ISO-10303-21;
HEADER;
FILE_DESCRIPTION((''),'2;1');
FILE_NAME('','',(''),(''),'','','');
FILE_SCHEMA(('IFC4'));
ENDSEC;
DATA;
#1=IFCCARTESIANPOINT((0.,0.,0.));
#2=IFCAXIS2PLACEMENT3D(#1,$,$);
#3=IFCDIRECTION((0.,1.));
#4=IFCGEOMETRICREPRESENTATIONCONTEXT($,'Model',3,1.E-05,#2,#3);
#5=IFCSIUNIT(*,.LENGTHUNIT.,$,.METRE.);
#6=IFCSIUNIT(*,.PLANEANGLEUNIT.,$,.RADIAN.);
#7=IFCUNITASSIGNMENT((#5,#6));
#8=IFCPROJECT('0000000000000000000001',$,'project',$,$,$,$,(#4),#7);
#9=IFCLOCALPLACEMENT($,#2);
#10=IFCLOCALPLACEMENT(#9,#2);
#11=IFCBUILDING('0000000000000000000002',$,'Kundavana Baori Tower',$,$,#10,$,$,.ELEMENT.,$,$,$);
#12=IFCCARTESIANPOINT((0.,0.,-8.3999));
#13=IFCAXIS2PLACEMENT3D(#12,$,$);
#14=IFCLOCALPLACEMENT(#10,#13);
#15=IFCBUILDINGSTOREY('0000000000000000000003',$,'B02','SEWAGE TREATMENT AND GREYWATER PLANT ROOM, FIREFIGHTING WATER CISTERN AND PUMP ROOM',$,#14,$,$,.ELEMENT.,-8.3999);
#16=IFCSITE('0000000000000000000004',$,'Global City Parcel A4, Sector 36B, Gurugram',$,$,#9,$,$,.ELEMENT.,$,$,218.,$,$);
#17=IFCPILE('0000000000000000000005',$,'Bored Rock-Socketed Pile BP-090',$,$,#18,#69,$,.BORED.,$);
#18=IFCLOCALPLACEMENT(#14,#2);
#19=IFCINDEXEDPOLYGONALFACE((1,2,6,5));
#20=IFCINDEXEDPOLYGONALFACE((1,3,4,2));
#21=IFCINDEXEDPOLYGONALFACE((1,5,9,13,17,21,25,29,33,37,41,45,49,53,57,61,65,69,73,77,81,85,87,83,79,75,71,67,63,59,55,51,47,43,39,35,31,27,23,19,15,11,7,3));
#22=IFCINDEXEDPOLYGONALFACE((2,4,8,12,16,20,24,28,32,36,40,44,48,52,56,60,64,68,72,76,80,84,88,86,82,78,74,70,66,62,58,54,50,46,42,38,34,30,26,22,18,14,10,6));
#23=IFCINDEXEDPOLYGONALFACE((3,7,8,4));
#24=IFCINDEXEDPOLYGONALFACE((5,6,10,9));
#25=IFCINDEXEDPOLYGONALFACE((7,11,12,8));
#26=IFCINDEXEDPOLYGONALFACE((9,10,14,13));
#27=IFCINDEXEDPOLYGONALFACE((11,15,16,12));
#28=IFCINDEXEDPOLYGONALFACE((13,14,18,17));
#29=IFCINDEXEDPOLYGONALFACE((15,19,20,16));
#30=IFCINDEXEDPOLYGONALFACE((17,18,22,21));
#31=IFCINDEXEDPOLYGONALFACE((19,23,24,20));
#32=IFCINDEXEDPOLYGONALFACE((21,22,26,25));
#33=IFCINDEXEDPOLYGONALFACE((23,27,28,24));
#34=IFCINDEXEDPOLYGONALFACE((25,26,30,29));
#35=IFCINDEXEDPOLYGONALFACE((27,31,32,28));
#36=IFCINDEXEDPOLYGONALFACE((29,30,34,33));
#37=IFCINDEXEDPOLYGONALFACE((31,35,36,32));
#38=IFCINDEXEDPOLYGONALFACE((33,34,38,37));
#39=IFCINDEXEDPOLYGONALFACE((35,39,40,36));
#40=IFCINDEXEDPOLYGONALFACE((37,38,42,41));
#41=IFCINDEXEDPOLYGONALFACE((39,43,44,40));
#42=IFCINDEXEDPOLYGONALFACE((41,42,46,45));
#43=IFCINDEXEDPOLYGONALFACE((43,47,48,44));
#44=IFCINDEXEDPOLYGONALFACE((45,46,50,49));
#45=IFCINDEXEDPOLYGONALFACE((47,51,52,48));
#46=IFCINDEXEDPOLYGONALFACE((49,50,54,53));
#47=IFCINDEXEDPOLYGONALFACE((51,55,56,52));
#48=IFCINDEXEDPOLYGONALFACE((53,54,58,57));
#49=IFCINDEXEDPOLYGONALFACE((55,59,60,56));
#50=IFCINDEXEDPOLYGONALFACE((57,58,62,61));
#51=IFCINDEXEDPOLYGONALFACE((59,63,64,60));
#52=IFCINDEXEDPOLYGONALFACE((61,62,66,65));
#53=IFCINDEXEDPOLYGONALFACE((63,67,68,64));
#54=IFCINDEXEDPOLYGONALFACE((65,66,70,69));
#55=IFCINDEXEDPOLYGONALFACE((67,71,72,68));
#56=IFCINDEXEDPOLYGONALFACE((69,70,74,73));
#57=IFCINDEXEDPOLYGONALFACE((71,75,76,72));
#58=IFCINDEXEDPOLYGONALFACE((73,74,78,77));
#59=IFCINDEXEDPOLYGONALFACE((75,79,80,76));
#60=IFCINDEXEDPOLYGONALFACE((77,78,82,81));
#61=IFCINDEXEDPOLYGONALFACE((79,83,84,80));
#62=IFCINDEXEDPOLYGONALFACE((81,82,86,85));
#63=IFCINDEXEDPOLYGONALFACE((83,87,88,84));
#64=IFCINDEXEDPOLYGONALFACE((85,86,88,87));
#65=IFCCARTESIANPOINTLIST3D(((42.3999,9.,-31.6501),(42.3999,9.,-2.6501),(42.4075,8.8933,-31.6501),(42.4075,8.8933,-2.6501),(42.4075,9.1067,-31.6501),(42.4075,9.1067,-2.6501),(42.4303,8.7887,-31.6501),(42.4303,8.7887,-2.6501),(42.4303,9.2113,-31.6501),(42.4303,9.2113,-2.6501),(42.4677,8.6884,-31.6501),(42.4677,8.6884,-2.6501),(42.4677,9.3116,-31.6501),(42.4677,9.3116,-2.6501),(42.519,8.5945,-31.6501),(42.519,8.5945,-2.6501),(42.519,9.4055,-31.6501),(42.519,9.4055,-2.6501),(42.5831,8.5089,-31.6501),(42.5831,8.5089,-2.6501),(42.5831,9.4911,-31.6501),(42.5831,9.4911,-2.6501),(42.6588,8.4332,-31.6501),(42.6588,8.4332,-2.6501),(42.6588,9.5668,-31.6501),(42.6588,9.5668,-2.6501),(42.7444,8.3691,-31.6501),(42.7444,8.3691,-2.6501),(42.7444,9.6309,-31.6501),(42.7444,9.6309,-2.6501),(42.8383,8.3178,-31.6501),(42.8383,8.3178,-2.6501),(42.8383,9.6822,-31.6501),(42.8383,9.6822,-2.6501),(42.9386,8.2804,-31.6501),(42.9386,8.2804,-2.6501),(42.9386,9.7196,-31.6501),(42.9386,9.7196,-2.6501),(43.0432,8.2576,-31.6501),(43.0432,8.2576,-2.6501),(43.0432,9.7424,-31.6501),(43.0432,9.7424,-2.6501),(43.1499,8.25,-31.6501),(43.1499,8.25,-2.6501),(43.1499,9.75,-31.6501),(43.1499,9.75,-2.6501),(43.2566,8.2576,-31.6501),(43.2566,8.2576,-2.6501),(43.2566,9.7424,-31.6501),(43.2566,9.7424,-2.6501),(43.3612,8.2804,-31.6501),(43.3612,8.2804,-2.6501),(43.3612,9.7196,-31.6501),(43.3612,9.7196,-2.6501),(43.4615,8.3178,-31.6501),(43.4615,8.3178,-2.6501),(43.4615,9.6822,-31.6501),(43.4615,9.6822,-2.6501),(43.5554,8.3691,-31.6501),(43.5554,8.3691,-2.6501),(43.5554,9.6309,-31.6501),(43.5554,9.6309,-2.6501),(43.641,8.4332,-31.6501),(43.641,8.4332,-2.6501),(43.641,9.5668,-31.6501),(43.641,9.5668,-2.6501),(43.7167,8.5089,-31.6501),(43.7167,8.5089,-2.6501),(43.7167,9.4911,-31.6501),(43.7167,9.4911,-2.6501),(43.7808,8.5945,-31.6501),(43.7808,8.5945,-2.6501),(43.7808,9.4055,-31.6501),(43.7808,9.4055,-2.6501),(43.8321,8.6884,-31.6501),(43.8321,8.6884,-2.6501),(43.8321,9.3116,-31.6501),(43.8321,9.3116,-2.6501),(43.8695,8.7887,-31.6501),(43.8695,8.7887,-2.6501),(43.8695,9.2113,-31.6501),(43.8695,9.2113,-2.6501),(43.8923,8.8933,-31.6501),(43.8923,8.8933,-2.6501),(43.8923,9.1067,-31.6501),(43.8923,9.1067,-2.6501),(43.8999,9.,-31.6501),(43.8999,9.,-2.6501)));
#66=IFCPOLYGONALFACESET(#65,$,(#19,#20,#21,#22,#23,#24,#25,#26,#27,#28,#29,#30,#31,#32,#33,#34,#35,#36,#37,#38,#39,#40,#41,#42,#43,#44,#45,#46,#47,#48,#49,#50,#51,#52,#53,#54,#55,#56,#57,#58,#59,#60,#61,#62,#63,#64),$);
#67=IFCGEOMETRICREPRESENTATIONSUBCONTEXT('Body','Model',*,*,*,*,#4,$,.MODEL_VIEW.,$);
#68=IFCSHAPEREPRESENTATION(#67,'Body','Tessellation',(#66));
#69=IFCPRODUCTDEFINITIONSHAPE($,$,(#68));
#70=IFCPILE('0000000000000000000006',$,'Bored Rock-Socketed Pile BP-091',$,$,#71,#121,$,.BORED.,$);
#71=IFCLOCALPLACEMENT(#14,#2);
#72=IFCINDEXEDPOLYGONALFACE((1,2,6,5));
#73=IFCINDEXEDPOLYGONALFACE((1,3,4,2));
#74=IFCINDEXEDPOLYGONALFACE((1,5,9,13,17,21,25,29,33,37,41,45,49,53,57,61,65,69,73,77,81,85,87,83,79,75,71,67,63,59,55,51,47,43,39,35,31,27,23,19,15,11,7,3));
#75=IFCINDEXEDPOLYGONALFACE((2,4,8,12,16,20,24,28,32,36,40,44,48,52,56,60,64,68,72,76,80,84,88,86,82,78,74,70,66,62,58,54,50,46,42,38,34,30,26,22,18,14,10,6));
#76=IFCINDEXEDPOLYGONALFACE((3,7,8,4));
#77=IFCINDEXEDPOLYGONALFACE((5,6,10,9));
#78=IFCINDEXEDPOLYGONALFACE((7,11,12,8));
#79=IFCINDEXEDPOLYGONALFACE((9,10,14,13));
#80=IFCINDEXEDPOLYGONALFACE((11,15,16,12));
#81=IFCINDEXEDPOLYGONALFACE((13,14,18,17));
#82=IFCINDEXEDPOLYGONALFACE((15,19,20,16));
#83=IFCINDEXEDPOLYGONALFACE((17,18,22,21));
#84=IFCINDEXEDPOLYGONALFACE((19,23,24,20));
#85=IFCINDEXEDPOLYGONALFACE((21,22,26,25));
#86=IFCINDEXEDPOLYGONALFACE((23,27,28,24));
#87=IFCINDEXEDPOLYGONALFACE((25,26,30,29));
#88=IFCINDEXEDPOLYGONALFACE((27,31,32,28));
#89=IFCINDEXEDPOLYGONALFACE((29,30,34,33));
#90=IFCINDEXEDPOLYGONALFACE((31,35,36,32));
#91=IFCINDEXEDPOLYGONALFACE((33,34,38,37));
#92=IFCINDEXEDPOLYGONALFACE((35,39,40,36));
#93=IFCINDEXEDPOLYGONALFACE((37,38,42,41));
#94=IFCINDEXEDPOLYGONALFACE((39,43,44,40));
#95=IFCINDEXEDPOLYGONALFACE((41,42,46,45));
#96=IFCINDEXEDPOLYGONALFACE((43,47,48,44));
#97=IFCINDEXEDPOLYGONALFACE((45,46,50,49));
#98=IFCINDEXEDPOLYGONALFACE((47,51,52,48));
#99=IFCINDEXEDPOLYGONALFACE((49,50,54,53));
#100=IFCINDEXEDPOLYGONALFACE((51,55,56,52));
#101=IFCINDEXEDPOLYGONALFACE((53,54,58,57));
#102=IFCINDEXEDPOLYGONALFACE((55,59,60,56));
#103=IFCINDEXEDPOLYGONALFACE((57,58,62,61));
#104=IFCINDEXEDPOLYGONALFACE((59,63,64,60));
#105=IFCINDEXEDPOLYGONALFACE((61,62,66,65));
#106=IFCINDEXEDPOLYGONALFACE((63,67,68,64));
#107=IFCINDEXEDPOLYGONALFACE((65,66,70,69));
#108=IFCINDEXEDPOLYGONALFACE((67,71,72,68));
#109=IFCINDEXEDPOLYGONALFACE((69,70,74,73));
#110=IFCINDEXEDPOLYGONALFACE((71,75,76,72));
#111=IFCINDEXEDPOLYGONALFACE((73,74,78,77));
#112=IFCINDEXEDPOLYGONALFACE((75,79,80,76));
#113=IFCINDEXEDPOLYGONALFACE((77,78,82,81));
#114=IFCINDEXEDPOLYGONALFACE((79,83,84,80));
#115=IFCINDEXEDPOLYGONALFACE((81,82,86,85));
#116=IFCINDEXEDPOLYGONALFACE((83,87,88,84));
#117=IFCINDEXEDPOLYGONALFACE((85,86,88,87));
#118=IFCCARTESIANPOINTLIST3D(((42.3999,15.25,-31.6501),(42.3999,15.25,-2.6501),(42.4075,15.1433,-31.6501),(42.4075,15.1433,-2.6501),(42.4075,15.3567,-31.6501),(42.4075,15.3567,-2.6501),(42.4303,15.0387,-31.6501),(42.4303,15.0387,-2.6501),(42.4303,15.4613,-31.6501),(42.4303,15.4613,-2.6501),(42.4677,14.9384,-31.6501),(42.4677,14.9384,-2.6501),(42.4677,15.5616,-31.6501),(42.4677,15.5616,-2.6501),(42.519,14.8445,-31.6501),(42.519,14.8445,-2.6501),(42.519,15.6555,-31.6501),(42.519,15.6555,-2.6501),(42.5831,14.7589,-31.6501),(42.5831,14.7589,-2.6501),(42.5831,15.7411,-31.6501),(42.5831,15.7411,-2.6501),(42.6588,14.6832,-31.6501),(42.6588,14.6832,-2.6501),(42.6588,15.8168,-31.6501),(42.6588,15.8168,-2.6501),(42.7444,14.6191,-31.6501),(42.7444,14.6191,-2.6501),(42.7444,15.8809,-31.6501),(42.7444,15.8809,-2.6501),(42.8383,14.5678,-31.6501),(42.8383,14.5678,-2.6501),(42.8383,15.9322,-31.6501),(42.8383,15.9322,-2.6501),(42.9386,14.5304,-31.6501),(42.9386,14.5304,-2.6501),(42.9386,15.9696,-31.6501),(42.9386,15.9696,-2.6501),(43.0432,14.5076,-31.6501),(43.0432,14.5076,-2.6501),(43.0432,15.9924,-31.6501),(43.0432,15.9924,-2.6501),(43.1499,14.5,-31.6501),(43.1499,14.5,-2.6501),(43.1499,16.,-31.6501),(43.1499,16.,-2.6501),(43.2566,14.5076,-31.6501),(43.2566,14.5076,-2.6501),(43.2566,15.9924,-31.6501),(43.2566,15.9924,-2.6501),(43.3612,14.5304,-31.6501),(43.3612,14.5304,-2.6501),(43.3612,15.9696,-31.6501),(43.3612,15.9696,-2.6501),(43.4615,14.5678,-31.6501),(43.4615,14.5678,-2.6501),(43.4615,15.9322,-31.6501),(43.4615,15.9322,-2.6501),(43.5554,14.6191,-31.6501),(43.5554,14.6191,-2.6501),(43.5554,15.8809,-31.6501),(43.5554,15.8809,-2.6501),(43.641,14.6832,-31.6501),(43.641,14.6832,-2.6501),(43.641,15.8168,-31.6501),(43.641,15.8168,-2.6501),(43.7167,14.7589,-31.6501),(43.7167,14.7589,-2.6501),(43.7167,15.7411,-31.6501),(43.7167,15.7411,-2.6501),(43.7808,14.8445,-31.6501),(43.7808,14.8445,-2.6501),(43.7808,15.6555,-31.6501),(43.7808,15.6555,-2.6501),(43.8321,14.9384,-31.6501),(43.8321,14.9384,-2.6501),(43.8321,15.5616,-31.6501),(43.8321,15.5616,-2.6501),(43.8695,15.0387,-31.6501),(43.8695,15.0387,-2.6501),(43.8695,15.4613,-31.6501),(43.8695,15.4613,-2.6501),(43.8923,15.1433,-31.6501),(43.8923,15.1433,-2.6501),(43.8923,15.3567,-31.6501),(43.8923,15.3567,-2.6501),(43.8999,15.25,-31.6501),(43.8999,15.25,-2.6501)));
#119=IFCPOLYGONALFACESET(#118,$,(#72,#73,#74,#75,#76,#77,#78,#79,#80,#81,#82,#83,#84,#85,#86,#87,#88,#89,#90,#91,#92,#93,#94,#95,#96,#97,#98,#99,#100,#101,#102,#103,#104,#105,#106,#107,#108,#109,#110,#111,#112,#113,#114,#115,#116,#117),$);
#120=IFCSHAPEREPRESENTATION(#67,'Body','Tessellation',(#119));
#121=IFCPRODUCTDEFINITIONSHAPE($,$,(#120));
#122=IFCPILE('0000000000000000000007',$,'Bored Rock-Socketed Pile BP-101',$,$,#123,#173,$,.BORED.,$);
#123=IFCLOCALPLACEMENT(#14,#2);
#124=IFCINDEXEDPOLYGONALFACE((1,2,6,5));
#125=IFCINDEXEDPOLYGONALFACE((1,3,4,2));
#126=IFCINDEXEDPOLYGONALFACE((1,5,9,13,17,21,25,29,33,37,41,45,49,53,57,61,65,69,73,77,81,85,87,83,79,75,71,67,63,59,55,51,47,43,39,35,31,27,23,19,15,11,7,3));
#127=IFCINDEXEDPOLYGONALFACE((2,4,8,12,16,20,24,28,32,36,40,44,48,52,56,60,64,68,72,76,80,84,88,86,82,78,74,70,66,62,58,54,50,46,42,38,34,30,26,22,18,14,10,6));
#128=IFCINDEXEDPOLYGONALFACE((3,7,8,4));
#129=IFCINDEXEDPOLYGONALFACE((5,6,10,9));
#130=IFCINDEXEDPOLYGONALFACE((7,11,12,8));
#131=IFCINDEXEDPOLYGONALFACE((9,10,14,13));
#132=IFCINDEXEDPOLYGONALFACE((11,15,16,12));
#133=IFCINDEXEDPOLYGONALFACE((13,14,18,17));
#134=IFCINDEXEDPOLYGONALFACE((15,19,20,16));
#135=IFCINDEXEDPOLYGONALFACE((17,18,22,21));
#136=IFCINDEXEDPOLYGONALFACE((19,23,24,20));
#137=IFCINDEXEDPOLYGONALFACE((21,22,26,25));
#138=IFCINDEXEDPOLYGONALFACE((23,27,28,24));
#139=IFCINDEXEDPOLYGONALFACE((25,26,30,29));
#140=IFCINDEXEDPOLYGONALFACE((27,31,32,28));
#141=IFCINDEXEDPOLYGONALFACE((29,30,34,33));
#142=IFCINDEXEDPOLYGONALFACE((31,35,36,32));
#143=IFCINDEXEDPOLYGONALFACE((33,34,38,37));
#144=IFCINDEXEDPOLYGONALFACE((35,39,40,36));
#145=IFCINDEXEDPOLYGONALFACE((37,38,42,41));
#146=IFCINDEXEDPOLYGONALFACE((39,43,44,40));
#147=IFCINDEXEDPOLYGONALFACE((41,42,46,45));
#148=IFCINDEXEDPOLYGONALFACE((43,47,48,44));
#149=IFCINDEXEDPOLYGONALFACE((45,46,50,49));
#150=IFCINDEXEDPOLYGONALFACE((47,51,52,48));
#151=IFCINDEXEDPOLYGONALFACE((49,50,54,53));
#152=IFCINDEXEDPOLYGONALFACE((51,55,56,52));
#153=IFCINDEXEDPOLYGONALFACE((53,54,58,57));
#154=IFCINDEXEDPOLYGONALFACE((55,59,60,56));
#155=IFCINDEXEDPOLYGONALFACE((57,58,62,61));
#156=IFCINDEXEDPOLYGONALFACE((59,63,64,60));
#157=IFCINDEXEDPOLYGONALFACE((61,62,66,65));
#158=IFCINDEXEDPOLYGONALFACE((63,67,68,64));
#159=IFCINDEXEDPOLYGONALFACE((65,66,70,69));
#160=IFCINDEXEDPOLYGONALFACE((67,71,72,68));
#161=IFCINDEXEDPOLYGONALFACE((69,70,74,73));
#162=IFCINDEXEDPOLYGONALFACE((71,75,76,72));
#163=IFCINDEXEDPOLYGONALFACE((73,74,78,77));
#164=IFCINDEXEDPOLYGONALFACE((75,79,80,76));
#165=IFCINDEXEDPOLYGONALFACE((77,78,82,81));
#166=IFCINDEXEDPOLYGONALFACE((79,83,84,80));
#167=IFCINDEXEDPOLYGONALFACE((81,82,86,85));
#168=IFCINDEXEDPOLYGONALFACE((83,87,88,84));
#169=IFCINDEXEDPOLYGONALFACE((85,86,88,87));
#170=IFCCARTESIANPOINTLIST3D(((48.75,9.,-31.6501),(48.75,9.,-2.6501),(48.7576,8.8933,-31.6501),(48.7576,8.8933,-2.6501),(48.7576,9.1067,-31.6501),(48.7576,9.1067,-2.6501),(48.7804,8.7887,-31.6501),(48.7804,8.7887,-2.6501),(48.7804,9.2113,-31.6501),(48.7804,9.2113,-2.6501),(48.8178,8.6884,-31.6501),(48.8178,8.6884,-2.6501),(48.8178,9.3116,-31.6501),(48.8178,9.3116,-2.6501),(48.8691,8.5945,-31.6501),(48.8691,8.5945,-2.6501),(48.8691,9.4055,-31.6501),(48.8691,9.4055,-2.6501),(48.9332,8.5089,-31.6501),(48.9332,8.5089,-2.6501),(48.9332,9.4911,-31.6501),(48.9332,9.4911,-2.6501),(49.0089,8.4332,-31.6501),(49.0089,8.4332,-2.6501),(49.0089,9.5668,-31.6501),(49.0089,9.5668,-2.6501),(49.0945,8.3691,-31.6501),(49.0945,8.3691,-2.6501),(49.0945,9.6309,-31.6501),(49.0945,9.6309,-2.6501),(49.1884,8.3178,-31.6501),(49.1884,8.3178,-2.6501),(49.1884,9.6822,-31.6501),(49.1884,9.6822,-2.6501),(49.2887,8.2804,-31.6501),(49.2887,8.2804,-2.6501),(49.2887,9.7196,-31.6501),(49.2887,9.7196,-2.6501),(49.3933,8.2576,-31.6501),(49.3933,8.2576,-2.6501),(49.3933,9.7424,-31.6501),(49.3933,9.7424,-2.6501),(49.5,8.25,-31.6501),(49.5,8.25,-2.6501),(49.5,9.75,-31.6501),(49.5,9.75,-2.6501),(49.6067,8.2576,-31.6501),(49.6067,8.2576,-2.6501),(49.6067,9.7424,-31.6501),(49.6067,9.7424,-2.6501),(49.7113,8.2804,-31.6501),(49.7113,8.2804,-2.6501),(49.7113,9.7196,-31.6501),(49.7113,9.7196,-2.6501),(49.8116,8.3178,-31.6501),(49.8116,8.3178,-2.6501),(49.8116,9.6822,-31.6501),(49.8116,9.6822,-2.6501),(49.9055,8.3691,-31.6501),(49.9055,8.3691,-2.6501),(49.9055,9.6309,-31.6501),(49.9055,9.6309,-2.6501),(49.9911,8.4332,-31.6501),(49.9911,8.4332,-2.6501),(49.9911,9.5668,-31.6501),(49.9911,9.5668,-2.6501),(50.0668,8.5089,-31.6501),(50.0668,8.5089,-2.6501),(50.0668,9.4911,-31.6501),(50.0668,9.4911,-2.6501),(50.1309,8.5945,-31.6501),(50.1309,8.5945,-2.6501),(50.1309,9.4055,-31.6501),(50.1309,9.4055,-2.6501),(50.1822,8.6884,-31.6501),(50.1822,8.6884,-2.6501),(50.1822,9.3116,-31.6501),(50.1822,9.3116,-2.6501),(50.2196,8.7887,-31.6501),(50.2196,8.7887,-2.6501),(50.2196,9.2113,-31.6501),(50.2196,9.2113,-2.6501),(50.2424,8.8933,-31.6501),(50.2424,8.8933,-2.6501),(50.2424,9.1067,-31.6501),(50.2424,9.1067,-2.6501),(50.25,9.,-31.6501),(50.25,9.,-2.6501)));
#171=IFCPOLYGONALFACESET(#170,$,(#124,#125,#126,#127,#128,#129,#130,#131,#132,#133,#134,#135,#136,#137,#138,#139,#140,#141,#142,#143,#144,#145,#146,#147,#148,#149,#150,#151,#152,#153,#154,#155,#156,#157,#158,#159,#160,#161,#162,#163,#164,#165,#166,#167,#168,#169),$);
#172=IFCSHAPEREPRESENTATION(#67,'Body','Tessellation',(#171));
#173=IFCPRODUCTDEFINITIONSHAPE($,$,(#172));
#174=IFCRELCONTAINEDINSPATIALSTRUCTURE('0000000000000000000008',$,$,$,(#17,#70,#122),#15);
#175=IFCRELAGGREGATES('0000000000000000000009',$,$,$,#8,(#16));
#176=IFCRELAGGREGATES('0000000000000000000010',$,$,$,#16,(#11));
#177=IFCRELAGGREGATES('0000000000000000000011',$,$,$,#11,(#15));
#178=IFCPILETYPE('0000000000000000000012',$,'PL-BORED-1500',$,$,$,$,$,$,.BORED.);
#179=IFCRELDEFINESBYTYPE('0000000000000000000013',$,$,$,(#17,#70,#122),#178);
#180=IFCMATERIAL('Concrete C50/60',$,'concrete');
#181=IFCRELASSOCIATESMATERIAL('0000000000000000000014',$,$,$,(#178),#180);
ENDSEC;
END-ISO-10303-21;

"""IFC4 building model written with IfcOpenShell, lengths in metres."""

from ifc_helpers import new_model, si_unit, direction, frame, origin, origin_2d, place, context, subcontext, project, spatial, circle, extrude, material, material_profile, profile_set, type_object, element, save


model = new_model("IFC4")

# Units and contexts
model_context = context("Model", 3, precision=1e-05, world=origin(), true_north=direction((0.0, 1.0)))
body_context = subcontext(model_context, "Body", "Model", "MODEL_VIEW")
ifc_project = project(units=[si_unit("LENGTHUNIT", "METRE"), si_unit("PLANEANGLEUNIT", "RADIAN")], contexts=[model_context])

# Site, building, storey
site_placement = place(None, origin())
site = spatial("IfcSite", under=ifc_project, at=site_placement, Name="Global City Parcel A4, Sector 36B, Gurugram", CompositionType="ELEMENT", RefElevation=218.0)
building_placement = place(site_placement, origin())
building = spatial("IfcBuilding", under=site, at=building_placement, Name="Kundavana Baori Tower", CompositionType="ELEMENT")
storey_placement = place(building_placement, frame((0.0, 0.0, -8.3999)))
storey = spatial("IfcBuildingStorey", under=building, at=storey_placement, Name="B02", Description="SEWAGE TREATMENT AND GREYWATER PLANT ROOM, FIREFIGHTING WATER CISTERN AND PUMP ROOM", CompositionType="ELEMENT", Elevation=-8.3999)

# Piles
ifc_material_1 = material(Name="Concrete C50/60", Category="concrete")
ifc_material_profile_1 = material_profile(ifc_material_1, circle(Radius=0.75, at=origin_2d()), Name="BORED PILE D1500")
ifc_profile_set_1 = profile_set([ifc_material_profile_1], Name="Concrete C50/60")
pile_type_1 = type_object("IfcPileType", Name="PL-BORED-1500", PredefinedType="BORED", material=ifc_profile_set_1)
for number, where, z_axis, x_axis, name in (
    (1, (43.1499, 9.0, -2.6501), (0.0, 0.0, -1.0), (1.0, 0.0, 0.0), "Bored Rock-Socketed Pile BP-090"),
    (2, (43.1499, 15.25, -2.6501), (0.0, 0.0, -1.0), (1.0, 0.0, 0.0), "Bored Rock-Socketed Pile BP-091"),
    (3, (49.5, 9.0, -2.6501), (0.0, 0.0, -1.0), (1.0, 0.0, 0.0), "Bored Rock-Socketed Pile BP-101"),
):
    element("IfcPile", number, at=place(storey_placement, frame(where, z_axis=z_axis, x_axis=x_axis)), inside=storey, type_object=pile_type_1, Name=name, PredefinedType="BORED", context=body_context, shape_type="SweptSolid", body=[
        extrude(circle(Radius=0.75, at=origin_2d()), origin(), (0.0, 0.0, 1.0), 29.0),
    ])

save(model, "model.ifc")
